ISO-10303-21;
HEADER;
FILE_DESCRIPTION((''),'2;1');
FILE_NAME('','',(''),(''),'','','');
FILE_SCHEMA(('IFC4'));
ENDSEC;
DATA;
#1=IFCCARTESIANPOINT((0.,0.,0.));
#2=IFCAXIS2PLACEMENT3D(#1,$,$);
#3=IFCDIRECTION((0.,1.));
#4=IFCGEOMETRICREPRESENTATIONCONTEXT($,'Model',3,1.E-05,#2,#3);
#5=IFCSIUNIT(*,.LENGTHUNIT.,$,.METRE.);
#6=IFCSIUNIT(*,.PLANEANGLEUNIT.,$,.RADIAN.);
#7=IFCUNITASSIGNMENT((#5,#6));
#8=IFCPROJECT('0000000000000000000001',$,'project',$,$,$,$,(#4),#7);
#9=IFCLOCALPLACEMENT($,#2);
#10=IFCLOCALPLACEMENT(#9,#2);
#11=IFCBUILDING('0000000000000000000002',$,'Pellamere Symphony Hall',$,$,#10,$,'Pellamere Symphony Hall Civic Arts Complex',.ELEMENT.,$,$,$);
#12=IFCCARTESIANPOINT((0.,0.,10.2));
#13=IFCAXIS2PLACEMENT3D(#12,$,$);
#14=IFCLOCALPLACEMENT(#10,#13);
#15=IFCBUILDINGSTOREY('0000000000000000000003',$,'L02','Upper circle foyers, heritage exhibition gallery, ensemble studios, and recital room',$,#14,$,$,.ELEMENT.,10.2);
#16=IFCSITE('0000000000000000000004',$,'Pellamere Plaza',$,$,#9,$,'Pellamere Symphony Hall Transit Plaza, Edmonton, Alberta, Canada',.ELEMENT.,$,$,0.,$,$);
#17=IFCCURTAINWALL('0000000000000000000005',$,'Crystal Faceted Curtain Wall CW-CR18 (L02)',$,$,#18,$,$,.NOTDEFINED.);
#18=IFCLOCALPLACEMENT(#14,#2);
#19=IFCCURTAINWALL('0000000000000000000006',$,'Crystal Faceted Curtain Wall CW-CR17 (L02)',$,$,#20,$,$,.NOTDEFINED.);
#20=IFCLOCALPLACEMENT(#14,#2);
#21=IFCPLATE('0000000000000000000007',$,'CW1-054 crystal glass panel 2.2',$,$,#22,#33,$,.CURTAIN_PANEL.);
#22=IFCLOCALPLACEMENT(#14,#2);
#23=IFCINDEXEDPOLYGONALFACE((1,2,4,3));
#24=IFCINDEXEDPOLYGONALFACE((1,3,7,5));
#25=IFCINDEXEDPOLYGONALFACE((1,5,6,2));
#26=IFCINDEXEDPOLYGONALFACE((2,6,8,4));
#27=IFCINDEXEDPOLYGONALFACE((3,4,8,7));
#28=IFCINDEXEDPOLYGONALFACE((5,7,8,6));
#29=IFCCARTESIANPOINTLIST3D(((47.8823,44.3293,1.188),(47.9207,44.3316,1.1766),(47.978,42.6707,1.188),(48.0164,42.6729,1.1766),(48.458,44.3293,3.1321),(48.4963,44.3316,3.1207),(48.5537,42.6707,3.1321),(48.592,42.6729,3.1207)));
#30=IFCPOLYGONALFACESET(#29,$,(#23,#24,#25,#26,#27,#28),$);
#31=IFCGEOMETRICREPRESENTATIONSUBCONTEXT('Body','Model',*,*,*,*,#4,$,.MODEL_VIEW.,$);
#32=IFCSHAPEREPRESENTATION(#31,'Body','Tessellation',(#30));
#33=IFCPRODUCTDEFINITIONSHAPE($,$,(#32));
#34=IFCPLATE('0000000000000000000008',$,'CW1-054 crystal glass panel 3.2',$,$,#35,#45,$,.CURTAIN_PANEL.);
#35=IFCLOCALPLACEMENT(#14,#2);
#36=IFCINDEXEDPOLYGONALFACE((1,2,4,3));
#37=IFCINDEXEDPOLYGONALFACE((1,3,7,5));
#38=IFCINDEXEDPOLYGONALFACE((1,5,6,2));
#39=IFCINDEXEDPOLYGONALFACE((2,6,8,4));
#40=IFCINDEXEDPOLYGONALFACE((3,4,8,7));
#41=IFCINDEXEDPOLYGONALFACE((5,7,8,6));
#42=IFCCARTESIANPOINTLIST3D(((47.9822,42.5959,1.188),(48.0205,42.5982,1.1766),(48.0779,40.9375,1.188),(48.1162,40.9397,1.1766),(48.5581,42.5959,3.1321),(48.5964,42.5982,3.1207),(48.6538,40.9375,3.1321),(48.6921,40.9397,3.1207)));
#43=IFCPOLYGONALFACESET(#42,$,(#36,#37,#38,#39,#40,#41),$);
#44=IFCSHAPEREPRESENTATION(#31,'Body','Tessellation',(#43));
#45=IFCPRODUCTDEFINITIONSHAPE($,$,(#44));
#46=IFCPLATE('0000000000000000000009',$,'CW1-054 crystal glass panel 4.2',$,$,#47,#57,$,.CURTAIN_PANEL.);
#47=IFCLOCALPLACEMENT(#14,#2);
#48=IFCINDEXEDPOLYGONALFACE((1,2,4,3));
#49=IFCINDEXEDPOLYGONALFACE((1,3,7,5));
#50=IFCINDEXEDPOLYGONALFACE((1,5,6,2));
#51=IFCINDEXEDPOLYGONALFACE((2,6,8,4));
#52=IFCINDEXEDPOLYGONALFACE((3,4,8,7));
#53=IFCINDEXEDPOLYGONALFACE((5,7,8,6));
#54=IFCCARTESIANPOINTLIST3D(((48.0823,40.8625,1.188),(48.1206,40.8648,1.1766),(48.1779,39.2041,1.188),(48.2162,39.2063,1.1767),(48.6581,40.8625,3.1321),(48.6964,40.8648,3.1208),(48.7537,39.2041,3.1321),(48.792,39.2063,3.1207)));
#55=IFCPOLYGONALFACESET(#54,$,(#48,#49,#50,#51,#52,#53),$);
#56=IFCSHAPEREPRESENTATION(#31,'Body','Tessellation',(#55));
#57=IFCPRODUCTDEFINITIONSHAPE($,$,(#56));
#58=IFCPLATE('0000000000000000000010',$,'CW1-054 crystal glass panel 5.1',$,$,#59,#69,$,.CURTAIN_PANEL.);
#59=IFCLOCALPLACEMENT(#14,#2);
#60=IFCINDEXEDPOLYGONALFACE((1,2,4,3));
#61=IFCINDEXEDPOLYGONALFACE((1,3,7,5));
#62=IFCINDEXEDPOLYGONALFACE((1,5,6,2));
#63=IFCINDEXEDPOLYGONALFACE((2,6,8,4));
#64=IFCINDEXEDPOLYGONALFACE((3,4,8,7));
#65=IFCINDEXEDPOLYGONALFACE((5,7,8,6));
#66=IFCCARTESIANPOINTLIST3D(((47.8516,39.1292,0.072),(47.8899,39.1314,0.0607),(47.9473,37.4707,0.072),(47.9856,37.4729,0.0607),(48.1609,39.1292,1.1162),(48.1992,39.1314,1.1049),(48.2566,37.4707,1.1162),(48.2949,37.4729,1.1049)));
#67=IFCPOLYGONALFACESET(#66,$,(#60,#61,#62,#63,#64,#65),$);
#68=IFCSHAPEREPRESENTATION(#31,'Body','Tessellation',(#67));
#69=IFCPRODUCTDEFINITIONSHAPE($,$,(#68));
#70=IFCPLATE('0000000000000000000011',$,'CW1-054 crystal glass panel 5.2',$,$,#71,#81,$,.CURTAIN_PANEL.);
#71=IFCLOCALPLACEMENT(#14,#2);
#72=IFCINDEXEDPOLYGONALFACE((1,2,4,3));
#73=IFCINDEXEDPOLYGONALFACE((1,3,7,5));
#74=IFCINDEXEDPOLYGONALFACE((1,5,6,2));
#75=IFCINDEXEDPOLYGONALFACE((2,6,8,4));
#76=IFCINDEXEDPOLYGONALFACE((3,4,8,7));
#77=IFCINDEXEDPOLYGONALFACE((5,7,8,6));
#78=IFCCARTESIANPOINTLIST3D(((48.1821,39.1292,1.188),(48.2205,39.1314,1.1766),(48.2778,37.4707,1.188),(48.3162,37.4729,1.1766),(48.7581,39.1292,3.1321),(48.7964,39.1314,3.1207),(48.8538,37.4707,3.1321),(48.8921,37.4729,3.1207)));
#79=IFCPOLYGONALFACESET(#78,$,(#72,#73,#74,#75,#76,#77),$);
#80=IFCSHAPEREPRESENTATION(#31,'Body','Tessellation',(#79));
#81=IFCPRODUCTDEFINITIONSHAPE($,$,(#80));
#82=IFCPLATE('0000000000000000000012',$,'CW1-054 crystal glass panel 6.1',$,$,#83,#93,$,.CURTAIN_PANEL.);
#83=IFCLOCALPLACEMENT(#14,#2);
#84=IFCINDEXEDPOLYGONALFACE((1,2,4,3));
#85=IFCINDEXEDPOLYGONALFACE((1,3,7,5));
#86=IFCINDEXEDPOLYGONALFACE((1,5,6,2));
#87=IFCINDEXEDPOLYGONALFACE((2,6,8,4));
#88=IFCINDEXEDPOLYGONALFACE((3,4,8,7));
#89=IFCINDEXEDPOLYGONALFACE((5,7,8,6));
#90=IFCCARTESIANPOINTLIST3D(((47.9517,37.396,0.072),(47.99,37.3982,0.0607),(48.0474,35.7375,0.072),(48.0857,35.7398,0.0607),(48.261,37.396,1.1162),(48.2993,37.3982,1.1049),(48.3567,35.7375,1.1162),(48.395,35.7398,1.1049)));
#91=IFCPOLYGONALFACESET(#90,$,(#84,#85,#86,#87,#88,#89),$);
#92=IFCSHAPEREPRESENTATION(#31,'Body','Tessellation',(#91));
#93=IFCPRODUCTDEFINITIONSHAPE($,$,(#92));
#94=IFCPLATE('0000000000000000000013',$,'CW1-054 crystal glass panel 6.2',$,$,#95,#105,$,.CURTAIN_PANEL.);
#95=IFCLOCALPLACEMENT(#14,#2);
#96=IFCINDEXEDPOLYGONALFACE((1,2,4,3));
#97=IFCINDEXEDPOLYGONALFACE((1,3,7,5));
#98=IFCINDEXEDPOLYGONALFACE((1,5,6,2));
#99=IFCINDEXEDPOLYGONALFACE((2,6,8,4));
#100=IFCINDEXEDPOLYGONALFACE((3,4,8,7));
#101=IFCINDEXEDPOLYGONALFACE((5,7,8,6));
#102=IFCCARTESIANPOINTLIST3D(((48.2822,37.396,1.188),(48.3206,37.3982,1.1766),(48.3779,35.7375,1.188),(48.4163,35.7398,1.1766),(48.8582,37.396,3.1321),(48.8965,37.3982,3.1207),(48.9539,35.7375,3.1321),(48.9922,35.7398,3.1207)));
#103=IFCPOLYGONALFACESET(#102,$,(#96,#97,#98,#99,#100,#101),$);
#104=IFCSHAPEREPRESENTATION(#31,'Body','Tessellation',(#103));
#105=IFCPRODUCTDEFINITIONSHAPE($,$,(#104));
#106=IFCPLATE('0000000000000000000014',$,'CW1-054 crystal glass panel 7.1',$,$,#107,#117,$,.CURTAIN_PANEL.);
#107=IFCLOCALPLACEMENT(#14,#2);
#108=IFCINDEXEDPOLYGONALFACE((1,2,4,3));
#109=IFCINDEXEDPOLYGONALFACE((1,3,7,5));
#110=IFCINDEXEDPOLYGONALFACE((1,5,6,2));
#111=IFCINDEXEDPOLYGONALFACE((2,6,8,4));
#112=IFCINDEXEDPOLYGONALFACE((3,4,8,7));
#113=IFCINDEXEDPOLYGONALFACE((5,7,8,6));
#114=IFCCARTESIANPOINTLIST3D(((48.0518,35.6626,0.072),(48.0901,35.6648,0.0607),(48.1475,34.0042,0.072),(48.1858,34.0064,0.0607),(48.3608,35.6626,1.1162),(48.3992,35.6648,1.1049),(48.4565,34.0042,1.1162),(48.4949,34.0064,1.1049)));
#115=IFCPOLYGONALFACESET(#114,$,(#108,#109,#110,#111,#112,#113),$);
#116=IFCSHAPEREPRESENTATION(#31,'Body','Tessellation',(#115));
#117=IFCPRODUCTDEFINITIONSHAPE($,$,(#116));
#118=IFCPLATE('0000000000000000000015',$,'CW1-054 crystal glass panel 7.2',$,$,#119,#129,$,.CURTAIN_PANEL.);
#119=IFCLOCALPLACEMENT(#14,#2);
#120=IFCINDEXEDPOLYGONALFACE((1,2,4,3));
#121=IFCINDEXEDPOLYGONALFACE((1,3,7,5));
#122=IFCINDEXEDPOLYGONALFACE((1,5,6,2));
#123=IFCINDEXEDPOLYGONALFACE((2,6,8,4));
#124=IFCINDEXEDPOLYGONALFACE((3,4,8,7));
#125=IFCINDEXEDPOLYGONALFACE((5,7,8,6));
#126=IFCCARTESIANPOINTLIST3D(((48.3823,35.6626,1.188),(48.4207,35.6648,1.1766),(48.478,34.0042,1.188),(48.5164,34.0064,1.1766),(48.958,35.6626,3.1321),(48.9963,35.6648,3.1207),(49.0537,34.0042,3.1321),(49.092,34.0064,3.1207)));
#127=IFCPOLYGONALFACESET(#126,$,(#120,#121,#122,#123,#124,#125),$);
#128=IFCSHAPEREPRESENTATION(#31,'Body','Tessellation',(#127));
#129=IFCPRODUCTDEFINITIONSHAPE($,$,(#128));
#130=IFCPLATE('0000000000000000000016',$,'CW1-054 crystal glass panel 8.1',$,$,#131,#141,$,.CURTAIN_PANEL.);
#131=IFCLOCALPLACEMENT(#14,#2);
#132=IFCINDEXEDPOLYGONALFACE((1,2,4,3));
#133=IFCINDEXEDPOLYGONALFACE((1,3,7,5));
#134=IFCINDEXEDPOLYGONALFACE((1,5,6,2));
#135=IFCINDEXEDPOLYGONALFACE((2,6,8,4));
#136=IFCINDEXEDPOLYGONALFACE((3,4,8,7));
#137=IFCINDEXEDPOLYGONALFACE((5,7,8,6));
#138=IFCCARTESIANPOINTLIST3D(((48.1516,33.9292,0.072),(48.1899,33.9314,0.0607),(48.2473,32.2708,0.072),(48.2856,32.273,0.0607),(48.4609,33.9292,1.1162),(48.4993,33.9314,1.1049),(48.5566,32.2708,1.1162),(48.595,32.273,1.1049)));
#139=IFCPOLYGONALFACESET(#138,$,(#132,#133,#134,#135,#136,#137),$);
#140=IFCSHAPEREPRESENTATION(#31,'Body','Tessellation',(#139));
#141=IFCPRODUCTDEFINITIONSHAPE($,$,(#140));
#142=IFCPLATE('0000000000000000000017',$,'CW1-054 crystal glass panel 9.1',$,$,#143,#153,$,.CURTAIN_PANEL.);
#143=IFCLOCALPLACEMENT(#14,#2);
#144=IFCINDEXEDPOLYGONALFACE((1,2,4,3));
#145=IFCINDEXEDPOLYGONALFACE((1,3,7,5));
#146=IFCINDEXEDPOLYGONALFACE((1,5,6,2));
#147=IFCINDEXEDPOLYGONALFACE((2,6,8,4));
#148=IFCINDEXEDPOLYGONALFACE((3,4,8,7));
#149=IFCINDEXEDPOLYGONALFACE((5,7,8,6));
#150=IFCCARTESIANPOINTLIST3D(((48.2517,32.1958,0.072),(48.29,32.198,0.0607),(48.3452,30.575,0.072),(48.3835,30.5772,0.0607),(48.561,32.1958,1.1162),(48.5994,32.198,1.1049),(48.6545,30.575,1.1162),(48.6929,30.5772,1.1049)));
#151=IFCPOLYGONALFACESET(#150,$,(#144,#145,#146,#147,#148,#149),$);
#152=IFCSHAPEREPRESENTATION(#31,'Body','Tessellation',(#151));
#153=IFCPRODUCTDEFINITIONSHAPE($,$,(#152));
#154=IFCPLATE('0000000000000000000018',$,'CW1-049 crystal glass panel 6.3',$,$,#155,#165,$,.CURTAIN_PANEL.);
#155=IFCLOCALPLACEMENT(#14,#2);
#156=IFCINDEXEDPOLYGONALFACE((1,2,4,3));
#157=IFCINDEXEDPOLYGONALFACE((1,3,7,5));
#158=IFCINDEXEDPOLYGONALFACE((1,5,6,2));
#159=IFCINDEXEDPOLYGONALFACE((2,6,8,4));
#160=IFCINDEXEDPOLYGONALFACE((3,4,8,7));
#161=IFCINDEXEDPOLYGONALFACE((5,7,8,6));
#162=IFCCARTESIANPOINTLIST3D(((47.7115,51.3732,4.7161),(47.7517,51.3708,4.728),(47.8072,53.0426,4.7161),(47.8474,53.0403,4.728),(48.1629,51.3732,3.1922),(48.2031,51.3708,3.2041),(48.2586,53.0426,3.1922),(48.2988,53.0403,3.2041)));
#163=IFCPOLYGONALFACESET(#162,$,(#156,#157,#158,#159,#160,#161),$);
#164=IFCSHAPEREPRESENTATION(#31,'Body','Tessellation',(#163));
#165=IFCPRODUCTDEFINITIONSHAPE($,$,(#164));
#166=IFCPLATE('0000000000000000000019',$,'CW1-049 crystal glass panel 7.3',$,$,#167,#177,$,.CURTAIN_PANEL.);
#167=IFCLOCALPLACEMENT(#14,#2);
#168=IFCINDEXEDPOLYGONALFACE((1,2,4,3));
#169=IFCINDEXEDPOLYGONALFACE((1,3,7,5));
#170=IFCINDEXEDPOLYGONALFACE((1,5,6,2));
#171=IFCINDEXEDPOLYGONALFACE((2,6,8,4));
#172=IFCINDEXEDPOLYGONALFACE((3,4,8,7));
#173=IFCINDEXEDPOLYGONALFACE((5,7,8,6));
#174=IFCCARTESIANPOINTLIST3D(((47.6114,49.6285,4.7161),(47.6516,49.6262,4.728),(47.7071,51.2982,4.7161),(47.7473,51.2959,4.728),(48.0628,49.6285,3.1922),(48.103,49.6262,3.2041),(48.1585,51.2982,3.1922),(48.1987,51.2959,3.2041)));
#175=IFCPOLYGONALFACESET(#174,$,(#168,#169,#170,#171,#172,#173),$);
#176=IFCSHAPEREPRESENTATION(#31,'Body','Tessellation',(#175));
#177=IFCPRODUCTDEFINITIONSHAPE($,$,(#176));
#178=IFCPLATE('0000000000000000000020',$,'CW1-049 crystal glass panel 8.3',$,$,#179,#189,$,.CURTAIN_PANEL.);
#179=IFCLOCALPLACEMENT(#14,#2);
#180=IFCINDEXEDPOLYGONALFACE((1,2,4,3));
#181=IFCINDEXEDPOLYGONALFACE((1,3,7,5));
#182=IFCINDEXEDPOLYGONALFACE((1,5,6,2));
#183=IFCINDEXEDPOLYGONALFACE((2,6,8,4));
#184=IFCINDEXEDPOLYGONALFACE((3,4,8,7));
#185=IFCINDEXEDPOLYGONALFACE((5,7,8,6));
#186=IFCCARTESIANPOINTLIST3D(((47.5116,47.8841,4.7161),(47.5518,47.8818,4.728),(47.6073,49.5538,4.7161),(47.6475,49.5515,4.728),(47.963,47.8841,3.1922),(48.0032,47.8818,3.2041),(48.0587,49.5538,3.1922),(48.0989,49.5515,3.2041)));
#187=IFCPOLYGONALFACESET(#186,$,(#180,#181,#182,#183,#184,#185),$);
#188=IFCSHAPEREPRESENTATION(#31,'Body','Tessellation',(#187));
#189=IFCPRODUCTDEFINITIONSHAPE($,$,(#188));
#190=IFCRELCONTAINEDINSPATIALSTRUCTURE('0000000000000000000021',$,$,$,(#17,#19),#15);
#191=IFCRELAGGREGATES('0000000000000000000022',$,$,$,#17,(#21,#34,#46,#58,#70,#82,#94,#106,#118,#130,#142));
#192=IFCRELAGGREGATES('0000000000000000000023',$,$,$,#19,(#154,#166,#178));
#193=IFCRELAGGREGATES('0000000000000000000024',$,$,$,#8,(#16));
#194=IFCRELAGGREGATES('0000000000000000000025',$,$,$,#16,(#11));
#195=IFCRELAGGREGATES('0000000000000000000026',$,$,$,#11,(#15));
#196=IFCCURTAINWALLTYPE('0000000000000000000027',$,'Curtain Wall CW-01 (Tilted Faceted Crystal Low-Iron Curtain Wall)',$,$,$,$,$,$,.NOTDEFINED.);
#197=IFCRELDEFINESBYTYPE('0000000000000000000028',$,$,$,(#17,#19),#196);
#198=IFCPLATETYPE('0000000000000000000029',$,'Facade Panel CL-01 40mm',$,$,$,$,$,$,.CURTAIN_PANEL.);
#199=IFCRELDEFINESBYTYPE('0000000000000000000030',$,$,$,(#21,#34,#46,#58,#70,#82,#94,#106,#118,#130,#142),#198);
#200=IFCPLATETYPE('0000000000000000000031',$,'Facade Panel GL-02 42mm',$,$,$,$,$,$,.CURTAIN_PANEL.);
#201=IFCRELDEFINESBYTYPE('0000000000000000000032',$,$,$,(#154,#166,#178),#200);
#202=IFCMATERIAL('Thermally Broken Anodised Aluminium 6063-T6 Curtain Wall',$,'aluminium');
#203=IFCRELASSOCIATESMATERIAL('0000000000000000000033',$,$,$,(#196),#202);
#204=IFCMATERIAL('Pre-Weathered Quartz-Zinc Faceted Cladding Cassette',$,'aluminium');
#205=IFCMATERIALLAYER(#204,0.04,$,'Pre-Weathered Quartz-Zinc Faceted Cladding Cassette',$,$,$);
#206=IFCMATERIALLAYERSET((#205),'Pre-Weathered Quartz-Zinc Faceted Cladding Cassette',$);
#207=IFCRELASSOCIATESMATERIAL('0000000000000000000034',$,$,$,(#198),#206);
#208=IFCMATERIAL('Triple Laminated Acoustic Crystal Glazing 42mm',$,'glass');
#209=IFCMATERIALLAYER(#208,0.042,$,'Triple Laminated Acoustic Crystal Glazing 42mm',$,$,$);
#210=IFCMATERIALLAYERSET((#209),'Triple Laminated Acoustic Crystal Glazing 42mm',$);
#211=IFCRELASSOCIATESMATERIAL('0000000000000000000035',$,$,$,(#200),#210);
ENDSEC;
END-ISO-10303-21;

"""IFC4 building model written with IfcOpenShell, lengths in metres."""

from ifc_helpers import new_model, si_unit, direction, frame, origin, place, context, subcontext, project, spatial, polyline, outline, extrude, material, layer, layer_set, type_object, element, aggregate, save


model = new_model("IFC4")

# Units and contexts
model_context = context("Model", 3, precision=1e-05, world=origin(), true_north=direction((0.0, 1.0)))
body_context = subcontext(model_context, "Body", "Model", "MODEL_VIEW")
ifc_project = project(units=[si_unit("LENGTHUNIT", "METRE"), si_unit("PLANEANGLEUNIT", "RADIAN")], contexts=[model_context])

# Site, building, storey
site_placement = place(None, origin())
site = spatial("IfcSite", under=ifc_project, at=site_placement, Name="Pellamere Plaza", LongName="Pellamere Symphony Hall Transit Plaza, Edmonton, Alberta, Canada", CompositionType="ELEMENT", RefElevation=0.0)
building_placement = place(site_placement, origin())
building = spatial("IfcBuilding", under=site, at=building_placement, Name="Pellamere Symphony Hall", LongName="Pellamere Symphony Hall Civic Arts Complex", CompositionType="ELEMENT")
storey_placement = place(building_placement, frame((0.0, 0.0, 10.2)))
storey = spatial("IfcBuildingStorey", under=building, at=storey_placement, Name="L02", Description="Upper circle foyers, heritage exhibition gallery, ensemble studios, and recital room", CompositionType="ELEMENT", Elevation=10.2)

# Curtain walls
ifc_material_1 = material(Name="Thermally Broken Anodised Aluminium 6063-T6 Curtain Wall", Category="aluminium")
curtain_wall_type = type_object("IfcCurtainWallType", Name="Curtain Wall CW-01 (Tilted Faceted Crystal Low-Iron Curtain Wall)", PredefinedType="NOTDEFINED", material=ifc_material_1)
curtain_wall_1_placement = place(storey_placement, origin())
curtain_wall_1 = element("IfcCurtainWall", 1, at=curtain_wall_1_placement, inside=storey, type_object=curtain_wall_type, Name="Crystal Faceted Curtain Wall CW-CR18 (L02)", PredefinedType="NOTDEFINED")
curtain_wall_2_placement = place(storey_placement, origin())
curtain_wall_2 = element("IfcCurtainWall", 2, at=curtain_wall_2_placement, inside=storey, type_object=curtain_wall_type, Name="Crystal Faceted Curtain Wall CW-CR17 (L02)", PredefinedType="NOTDEFINED")

# Plates
ifc_material_2 = material(Name="Pre-Weathered Quartz-Zinc Faceted Cladding Cassette", Category="aluminium")
ifc_layer_1 = layer(ifc_material_2, 0.04, Name="Pre-Weathered Quartz-Zinc Faceted Cladding Cassette")
ifc_layer_set_1 = layer_set([ifc_layer_1], Name="Pre-Weathered Quartz-Zinc Faceted Cladding Cassette")
plate_type_1 = type_object("IfcPlateType", Name="Facade Panel CL-01 40mm", PredefinedType="CURTAIN_PANEL", material=ifc_layer_set_1)
plate_1_placement = place(storey_placement, frame((47.8823, 44.3293, 1.188), z_axis=(-0.95738, -0.055239, 0.283499), x_axis=(0.057602, -0.99834, 0.0)))
plate_1 = element("IfcPlate", 3, at=plate_1_placement, type_object=plate_type_1, Name="CW1-054 crystal glass panel 2.2", PredefinedType="CURTAIN_PANEL", context=body_context, shape_type="SweptSolid", body=[
    extrude(outline(polyline([(0.0, 0.0), (1.6615, 0.0), (1.6946, 2.0273), (0.0332, 2.0273), (0.0, 0.0)])), origin(), (0.0, 0.0, -1.0), 0.04),
])
plate_2_placement = place(storey_placement, frame((47.9822, 42.5959, 1.188), z_axis=(-0.957347, -0.055245, 0.283609), x_axis=(0.057611, -0.998339, 0.0)))
plate_2 = element("IfcPlate", 4, at=plate_2_placement, type_object=plate_type_1, Name="CW1-054 crystal glass panel 3.2", PredefinedType="CURTAIN_PANEL", context=body_context, shape_type="SweptSolid", body=[
    extrude(outline(polyline([(0.0, 0.0), (1.6612, 0.0), (1.6944, 2.0273), (0.0332, 2.0273), (0.0, 0.0)])), origin(), (0.0, 0.0, -1.0), 0.04),
])
plate_3_placement = place(storey_placement, frame((48.0823, 40.8625, 1.188), z_axis=(-0.957367, -0.055176, 0.283555), x_axis=(0.057543, -0.998343, 0.00002)))
plate_3 = element("IfcPlate", 5, at=plate_3_placement, type_object=plate_type_1, Name="CW1-054 crystal glass panel 4.2", PredefinedType="CURTAIN_PANEL", context=body_context, shape_type="SweptSolid", body=[
    extrude(outline(polyline([(0.0, 0.0), (1.6612, 0.0), (1.6944, 2.0273), (0.0332, 2.0273), (0.0, 0.0)])), origin(), (0.0, 0.0, -1.0), 0.04),
])
plate_4_placement = place(storey_placement, frame((47.8516, 39.1292, 0.072), z_axis=(-0.95735, -0.055245, 0.283601), x_axis=(0.057611, -0.998339, 0.0)))
plate_4 = element("IfcPlate", 6, at=plate_4_placement, type_object=plate_type_1, Name="CW1-054 crystal glass panel 5.1", PredefinedType="CURTAIN_PANEL", context=body_context, shape_type="SweptSolid", body=[
    extrude(outline(polyline([(0.0, 0.0), (1.6612, 0.0), (1.679, 1.0889), (0.0178, 1.0889), (0.0, 0.0)])), origin(), (0.0, 0.0, -1.0), 0.04),
])
plate_5_placement = place(storey_placement, frame((48.1821, 39.1292, 1.188), z_axis=(-0.957347, -0.055245, 0.283609), x_axis=(0.057611, -0.998339, 0.0)))
plate_5 = element("IfcPlate", 7, at=plate_5_placement, type_object=plate_type_1, Name="CW1-054 crystal glass panel 5.2", PredefinedType="CURTAIN_PANEL", context=body_context, shape_type="SweptSolid", body=[
    extrude(outline(polyline([(0.0, 0.0), (1.6612, 0.0), (1.6944, 2.0273), (0.0332, 2.0273), (0.0, 0.0)])), origin(), (0.0, 0.0, -1.0), 0.04),
])
plate_6_placement = place(storey_placement, frame((47.9517, 37.396, 0.072), z_axis=(-0.95735, -0.055245, 0.283601), x_axis=(0.057611, -0.998339, 0.0)))
plate_6 = element("IfcPlate", 8, at=plate_6_placement, type_object=plate_type_1, Name="CW1-054 crystal glass panel 6.1", PredefinedType="CURTAIN_PANEL", context=body_context, shape_type="SweptSolid", body=[
    extrude(outline(polyline([(0.0, 0.0), (1.6612, 0.0), (1.679, 1.0889), (0.0178, 1.0889), (0.0, 0.0)])), origin(), (0.0, 0.0, -1.0), 0.04),
])
plate_7_placement = place(storey_placement, frame((48.2822, 37.396, 1.188), z_axis=(-0.957347, -0.055245, 0.283609), x_axis=(0.057611, -0.998339, 0.0)))
plate_7 = element("IfcPlate", 9, at=plate_7_placement, type_object=plate_type_1, Name="CW1-054 crystal glass panel 6.2", PredefinedType="CURTAIN_PANEL", context=body_context, shape_type="SweptSolid", body=[
    extrude(outline(polyline([(0.0, 0.0), (1.6612, 0.0), (1.6944, 2.0273), (0.0332, 2.0273), (0.0, 0.0)])), origin(), (0.0, 0.0, -1.0), 0.04),
])
plate_8_placement = place(storey_placement, frame((48.0518, 35.6626, 0.072), z_axis=(-0.95741, -0.055249, 0.283395), x_axis=(0.057611, -0.998339, 0.0)))
plate_8 = element("IfcPlate", 10, at=plate_8_placement, type_object=plate_type_1, Name="CW1-054 crystal glass panel 7.1", PredefinedType="CURTAIN_PANEL", context=body_context, shape_type="SweptSolid", body=[
    extrude(outline(polyline([(0.0, 0.0), (1.6612, 0.0), (1.679, 1.0888), (0.0178, 1.0888), (0.0, 0.0)])), origin(), (0.0, 0.0, -1.0), 0.04),
])
plate_9_placement = place(storey_placement, frame((48.3823, 35.6626, 1.188), z_axis=(-0.95738, -0.055247, 0.283499), x_axis=(0.057611, -0.998339, 0.0)))
plate_9 = element("IfcPlate", 11, at=plate_9_placement, type_object=plate_type_1, Name="CW1-054 crystal glass panel 7.2", PredefinedType="CURTAIN_PANEL", context=body_context, shape_type="SweptSolid", body=[
    extrude(outline(polyline([(0.0, 0.0), (1.6612, 0.0), (1.6944, 2.0273), (0.0332, 2.0273), (0.0, 0.0)])), origin(), (0.0, 0.0, -1.0), 0.04),
])
plate_10_placement = place(storey_placement, frame((48.1516, 33.9292, 0.072), z_axis=(-0.95735, -0.055245, 0.283601), x_axis=(0.057611, -0.998339, 0.0)))
plate_10 = element("IfcPlate", 12, at=plate_10_placement, type_object=plate_type_1, Name="CW1-054 crystal glass panel 8.1", PredefinedType="CURTAIN_PANEL", context=body_context, shape_type="SweptSolid", body=[
    extrude(outline(polyline([(0.0, 0.0), (1.6612, 0.0), (1.679, 1.0889), (0.0178, 1.0889), (0.0, 0.0)])), origin(), (0.0, 0.0, -1.0), 0.04),
])
plate_11_placement = place(storey_placement, frame((48.2517, 32.1958, 0.072), z_axis=(-0.957351, -0.055229, 0.283601), x_axis=(0.057594, -0.99834, 0.0)))
plate_11 = element("IfcPlate", 13, at=plate_11_placement, type_object=plate_type_1, Name="CW1-054 crystal glass panel 9.1", PredefinedType="CURTAIN_PANEL", context=body_context, shape_type="SweptSolid", body=[
    extrude(outline(polyline([(0.0, 0.0), (1.6235, 0.0), (1.6414, 1.0889), (0.0178, 1.0889), (0.0, 0.0)])), origin(), (0.0, 0.0, -1.0), 0.04),
])
aggregate(curtain_wall_1, [plate_1, plate_2, plate_3, plate_4, plate_5, plate_6, plate_7, plate_8, plate_9, plate_10, plate_11])
ifc_material_3 = material(Name="Triple Laminated Acoustic Crystal Glazing 42mm", Category="glass")
ifc_layer_2 = layer(ifc_material_3, 0.042, Name="Triple Laminated Acoustic Crystal Glazing 42mm")
ifc_layer_set_2 = layer_set([ifc_layer_2], Name="Triple Laminated Acoustic Crystal Glazing 42mm")
plate_type_2 = type_object("IfcPlateType", Name="Facade Panel GL-02 42mm", PredefinedType="CURTAIN_PANEL", material=ifc_layer_set_2)
plate_12_placement = place(storey_placement, frame((48.2988, 53.0403, 3.2041), z_axis=(0.957373, -0.054883, 0.283592), x_axis=(-0.057233, -0.998361, 0.0)))
plate_12 = element("IfcPlate", 14, at=plate_12_placement, type_object=plate_type_2, Name="CW1-049 crystal glass panel 6.3", PredefinedType="CURTAIN_PANEL", context=body_context, shape_type="SweptSolid", body=[
    extrude(outline(polyline([(0.0, 0.0), (1.6722, 0.0), (1.698, -1.5892), (0.0258, -1.5892), (0.0, 0.0)])), origin(), (0.0, 0.0, -1.0), 0.042),
])
plate_13_placement = place(storey_placement, frame((48.1987, 51.2959, 3.2041), z_axis=(0.957374, -0.054875, 0.283592), x_axis=(-0.057224, -0.998361, 0.0)))
plate_13 = element("IfcPlate", 15, at=plate_13_placement, type_object=plate_type_2, Name="CW1-049 crystal glass panel 7.3", PredefinedType="CURTAIN_PANEL", context=body_context, shape_type="SweptSolid", body=[
    extrude(outline(polyline([(0.0, 0.0), (1.6724, 0.0), (1.6983, -1.5892), (0.0258, -1.5892), (0.0, 0.0)])), origin(), (0.0, 0.0, -1.0), 0.042),
])
plate_14_placement = place(storey_placement, frame((48.0989, 49.5515, 3.2041), z_axis=(0.957374, -0.054875, 0.283592), x_axis=(-0.057224, -0.998361, 0.0)))
plate_14 = element("IfcPlate", 16, at=plate_14_placement, type_object=plate_type_2, Name="CW1-049 crystal glass panel 8.3", PredefinedType="CURTAIN_PANEL", context=body_context, shape_type="SweptSolid", body=[
    extrude(outline(polyline([(0.0, 0.0), (1.6724, 0.0), (1.6983, -1.5892), (0.0258, -1.5892), (0.0, 0.0)])), origin(), (0.0, 0.0, -1.0), 0.042),
])
aggregate(curtain_wall_2, [plate_12, plate_13, plate_14])

save(model, "model.ifc")
